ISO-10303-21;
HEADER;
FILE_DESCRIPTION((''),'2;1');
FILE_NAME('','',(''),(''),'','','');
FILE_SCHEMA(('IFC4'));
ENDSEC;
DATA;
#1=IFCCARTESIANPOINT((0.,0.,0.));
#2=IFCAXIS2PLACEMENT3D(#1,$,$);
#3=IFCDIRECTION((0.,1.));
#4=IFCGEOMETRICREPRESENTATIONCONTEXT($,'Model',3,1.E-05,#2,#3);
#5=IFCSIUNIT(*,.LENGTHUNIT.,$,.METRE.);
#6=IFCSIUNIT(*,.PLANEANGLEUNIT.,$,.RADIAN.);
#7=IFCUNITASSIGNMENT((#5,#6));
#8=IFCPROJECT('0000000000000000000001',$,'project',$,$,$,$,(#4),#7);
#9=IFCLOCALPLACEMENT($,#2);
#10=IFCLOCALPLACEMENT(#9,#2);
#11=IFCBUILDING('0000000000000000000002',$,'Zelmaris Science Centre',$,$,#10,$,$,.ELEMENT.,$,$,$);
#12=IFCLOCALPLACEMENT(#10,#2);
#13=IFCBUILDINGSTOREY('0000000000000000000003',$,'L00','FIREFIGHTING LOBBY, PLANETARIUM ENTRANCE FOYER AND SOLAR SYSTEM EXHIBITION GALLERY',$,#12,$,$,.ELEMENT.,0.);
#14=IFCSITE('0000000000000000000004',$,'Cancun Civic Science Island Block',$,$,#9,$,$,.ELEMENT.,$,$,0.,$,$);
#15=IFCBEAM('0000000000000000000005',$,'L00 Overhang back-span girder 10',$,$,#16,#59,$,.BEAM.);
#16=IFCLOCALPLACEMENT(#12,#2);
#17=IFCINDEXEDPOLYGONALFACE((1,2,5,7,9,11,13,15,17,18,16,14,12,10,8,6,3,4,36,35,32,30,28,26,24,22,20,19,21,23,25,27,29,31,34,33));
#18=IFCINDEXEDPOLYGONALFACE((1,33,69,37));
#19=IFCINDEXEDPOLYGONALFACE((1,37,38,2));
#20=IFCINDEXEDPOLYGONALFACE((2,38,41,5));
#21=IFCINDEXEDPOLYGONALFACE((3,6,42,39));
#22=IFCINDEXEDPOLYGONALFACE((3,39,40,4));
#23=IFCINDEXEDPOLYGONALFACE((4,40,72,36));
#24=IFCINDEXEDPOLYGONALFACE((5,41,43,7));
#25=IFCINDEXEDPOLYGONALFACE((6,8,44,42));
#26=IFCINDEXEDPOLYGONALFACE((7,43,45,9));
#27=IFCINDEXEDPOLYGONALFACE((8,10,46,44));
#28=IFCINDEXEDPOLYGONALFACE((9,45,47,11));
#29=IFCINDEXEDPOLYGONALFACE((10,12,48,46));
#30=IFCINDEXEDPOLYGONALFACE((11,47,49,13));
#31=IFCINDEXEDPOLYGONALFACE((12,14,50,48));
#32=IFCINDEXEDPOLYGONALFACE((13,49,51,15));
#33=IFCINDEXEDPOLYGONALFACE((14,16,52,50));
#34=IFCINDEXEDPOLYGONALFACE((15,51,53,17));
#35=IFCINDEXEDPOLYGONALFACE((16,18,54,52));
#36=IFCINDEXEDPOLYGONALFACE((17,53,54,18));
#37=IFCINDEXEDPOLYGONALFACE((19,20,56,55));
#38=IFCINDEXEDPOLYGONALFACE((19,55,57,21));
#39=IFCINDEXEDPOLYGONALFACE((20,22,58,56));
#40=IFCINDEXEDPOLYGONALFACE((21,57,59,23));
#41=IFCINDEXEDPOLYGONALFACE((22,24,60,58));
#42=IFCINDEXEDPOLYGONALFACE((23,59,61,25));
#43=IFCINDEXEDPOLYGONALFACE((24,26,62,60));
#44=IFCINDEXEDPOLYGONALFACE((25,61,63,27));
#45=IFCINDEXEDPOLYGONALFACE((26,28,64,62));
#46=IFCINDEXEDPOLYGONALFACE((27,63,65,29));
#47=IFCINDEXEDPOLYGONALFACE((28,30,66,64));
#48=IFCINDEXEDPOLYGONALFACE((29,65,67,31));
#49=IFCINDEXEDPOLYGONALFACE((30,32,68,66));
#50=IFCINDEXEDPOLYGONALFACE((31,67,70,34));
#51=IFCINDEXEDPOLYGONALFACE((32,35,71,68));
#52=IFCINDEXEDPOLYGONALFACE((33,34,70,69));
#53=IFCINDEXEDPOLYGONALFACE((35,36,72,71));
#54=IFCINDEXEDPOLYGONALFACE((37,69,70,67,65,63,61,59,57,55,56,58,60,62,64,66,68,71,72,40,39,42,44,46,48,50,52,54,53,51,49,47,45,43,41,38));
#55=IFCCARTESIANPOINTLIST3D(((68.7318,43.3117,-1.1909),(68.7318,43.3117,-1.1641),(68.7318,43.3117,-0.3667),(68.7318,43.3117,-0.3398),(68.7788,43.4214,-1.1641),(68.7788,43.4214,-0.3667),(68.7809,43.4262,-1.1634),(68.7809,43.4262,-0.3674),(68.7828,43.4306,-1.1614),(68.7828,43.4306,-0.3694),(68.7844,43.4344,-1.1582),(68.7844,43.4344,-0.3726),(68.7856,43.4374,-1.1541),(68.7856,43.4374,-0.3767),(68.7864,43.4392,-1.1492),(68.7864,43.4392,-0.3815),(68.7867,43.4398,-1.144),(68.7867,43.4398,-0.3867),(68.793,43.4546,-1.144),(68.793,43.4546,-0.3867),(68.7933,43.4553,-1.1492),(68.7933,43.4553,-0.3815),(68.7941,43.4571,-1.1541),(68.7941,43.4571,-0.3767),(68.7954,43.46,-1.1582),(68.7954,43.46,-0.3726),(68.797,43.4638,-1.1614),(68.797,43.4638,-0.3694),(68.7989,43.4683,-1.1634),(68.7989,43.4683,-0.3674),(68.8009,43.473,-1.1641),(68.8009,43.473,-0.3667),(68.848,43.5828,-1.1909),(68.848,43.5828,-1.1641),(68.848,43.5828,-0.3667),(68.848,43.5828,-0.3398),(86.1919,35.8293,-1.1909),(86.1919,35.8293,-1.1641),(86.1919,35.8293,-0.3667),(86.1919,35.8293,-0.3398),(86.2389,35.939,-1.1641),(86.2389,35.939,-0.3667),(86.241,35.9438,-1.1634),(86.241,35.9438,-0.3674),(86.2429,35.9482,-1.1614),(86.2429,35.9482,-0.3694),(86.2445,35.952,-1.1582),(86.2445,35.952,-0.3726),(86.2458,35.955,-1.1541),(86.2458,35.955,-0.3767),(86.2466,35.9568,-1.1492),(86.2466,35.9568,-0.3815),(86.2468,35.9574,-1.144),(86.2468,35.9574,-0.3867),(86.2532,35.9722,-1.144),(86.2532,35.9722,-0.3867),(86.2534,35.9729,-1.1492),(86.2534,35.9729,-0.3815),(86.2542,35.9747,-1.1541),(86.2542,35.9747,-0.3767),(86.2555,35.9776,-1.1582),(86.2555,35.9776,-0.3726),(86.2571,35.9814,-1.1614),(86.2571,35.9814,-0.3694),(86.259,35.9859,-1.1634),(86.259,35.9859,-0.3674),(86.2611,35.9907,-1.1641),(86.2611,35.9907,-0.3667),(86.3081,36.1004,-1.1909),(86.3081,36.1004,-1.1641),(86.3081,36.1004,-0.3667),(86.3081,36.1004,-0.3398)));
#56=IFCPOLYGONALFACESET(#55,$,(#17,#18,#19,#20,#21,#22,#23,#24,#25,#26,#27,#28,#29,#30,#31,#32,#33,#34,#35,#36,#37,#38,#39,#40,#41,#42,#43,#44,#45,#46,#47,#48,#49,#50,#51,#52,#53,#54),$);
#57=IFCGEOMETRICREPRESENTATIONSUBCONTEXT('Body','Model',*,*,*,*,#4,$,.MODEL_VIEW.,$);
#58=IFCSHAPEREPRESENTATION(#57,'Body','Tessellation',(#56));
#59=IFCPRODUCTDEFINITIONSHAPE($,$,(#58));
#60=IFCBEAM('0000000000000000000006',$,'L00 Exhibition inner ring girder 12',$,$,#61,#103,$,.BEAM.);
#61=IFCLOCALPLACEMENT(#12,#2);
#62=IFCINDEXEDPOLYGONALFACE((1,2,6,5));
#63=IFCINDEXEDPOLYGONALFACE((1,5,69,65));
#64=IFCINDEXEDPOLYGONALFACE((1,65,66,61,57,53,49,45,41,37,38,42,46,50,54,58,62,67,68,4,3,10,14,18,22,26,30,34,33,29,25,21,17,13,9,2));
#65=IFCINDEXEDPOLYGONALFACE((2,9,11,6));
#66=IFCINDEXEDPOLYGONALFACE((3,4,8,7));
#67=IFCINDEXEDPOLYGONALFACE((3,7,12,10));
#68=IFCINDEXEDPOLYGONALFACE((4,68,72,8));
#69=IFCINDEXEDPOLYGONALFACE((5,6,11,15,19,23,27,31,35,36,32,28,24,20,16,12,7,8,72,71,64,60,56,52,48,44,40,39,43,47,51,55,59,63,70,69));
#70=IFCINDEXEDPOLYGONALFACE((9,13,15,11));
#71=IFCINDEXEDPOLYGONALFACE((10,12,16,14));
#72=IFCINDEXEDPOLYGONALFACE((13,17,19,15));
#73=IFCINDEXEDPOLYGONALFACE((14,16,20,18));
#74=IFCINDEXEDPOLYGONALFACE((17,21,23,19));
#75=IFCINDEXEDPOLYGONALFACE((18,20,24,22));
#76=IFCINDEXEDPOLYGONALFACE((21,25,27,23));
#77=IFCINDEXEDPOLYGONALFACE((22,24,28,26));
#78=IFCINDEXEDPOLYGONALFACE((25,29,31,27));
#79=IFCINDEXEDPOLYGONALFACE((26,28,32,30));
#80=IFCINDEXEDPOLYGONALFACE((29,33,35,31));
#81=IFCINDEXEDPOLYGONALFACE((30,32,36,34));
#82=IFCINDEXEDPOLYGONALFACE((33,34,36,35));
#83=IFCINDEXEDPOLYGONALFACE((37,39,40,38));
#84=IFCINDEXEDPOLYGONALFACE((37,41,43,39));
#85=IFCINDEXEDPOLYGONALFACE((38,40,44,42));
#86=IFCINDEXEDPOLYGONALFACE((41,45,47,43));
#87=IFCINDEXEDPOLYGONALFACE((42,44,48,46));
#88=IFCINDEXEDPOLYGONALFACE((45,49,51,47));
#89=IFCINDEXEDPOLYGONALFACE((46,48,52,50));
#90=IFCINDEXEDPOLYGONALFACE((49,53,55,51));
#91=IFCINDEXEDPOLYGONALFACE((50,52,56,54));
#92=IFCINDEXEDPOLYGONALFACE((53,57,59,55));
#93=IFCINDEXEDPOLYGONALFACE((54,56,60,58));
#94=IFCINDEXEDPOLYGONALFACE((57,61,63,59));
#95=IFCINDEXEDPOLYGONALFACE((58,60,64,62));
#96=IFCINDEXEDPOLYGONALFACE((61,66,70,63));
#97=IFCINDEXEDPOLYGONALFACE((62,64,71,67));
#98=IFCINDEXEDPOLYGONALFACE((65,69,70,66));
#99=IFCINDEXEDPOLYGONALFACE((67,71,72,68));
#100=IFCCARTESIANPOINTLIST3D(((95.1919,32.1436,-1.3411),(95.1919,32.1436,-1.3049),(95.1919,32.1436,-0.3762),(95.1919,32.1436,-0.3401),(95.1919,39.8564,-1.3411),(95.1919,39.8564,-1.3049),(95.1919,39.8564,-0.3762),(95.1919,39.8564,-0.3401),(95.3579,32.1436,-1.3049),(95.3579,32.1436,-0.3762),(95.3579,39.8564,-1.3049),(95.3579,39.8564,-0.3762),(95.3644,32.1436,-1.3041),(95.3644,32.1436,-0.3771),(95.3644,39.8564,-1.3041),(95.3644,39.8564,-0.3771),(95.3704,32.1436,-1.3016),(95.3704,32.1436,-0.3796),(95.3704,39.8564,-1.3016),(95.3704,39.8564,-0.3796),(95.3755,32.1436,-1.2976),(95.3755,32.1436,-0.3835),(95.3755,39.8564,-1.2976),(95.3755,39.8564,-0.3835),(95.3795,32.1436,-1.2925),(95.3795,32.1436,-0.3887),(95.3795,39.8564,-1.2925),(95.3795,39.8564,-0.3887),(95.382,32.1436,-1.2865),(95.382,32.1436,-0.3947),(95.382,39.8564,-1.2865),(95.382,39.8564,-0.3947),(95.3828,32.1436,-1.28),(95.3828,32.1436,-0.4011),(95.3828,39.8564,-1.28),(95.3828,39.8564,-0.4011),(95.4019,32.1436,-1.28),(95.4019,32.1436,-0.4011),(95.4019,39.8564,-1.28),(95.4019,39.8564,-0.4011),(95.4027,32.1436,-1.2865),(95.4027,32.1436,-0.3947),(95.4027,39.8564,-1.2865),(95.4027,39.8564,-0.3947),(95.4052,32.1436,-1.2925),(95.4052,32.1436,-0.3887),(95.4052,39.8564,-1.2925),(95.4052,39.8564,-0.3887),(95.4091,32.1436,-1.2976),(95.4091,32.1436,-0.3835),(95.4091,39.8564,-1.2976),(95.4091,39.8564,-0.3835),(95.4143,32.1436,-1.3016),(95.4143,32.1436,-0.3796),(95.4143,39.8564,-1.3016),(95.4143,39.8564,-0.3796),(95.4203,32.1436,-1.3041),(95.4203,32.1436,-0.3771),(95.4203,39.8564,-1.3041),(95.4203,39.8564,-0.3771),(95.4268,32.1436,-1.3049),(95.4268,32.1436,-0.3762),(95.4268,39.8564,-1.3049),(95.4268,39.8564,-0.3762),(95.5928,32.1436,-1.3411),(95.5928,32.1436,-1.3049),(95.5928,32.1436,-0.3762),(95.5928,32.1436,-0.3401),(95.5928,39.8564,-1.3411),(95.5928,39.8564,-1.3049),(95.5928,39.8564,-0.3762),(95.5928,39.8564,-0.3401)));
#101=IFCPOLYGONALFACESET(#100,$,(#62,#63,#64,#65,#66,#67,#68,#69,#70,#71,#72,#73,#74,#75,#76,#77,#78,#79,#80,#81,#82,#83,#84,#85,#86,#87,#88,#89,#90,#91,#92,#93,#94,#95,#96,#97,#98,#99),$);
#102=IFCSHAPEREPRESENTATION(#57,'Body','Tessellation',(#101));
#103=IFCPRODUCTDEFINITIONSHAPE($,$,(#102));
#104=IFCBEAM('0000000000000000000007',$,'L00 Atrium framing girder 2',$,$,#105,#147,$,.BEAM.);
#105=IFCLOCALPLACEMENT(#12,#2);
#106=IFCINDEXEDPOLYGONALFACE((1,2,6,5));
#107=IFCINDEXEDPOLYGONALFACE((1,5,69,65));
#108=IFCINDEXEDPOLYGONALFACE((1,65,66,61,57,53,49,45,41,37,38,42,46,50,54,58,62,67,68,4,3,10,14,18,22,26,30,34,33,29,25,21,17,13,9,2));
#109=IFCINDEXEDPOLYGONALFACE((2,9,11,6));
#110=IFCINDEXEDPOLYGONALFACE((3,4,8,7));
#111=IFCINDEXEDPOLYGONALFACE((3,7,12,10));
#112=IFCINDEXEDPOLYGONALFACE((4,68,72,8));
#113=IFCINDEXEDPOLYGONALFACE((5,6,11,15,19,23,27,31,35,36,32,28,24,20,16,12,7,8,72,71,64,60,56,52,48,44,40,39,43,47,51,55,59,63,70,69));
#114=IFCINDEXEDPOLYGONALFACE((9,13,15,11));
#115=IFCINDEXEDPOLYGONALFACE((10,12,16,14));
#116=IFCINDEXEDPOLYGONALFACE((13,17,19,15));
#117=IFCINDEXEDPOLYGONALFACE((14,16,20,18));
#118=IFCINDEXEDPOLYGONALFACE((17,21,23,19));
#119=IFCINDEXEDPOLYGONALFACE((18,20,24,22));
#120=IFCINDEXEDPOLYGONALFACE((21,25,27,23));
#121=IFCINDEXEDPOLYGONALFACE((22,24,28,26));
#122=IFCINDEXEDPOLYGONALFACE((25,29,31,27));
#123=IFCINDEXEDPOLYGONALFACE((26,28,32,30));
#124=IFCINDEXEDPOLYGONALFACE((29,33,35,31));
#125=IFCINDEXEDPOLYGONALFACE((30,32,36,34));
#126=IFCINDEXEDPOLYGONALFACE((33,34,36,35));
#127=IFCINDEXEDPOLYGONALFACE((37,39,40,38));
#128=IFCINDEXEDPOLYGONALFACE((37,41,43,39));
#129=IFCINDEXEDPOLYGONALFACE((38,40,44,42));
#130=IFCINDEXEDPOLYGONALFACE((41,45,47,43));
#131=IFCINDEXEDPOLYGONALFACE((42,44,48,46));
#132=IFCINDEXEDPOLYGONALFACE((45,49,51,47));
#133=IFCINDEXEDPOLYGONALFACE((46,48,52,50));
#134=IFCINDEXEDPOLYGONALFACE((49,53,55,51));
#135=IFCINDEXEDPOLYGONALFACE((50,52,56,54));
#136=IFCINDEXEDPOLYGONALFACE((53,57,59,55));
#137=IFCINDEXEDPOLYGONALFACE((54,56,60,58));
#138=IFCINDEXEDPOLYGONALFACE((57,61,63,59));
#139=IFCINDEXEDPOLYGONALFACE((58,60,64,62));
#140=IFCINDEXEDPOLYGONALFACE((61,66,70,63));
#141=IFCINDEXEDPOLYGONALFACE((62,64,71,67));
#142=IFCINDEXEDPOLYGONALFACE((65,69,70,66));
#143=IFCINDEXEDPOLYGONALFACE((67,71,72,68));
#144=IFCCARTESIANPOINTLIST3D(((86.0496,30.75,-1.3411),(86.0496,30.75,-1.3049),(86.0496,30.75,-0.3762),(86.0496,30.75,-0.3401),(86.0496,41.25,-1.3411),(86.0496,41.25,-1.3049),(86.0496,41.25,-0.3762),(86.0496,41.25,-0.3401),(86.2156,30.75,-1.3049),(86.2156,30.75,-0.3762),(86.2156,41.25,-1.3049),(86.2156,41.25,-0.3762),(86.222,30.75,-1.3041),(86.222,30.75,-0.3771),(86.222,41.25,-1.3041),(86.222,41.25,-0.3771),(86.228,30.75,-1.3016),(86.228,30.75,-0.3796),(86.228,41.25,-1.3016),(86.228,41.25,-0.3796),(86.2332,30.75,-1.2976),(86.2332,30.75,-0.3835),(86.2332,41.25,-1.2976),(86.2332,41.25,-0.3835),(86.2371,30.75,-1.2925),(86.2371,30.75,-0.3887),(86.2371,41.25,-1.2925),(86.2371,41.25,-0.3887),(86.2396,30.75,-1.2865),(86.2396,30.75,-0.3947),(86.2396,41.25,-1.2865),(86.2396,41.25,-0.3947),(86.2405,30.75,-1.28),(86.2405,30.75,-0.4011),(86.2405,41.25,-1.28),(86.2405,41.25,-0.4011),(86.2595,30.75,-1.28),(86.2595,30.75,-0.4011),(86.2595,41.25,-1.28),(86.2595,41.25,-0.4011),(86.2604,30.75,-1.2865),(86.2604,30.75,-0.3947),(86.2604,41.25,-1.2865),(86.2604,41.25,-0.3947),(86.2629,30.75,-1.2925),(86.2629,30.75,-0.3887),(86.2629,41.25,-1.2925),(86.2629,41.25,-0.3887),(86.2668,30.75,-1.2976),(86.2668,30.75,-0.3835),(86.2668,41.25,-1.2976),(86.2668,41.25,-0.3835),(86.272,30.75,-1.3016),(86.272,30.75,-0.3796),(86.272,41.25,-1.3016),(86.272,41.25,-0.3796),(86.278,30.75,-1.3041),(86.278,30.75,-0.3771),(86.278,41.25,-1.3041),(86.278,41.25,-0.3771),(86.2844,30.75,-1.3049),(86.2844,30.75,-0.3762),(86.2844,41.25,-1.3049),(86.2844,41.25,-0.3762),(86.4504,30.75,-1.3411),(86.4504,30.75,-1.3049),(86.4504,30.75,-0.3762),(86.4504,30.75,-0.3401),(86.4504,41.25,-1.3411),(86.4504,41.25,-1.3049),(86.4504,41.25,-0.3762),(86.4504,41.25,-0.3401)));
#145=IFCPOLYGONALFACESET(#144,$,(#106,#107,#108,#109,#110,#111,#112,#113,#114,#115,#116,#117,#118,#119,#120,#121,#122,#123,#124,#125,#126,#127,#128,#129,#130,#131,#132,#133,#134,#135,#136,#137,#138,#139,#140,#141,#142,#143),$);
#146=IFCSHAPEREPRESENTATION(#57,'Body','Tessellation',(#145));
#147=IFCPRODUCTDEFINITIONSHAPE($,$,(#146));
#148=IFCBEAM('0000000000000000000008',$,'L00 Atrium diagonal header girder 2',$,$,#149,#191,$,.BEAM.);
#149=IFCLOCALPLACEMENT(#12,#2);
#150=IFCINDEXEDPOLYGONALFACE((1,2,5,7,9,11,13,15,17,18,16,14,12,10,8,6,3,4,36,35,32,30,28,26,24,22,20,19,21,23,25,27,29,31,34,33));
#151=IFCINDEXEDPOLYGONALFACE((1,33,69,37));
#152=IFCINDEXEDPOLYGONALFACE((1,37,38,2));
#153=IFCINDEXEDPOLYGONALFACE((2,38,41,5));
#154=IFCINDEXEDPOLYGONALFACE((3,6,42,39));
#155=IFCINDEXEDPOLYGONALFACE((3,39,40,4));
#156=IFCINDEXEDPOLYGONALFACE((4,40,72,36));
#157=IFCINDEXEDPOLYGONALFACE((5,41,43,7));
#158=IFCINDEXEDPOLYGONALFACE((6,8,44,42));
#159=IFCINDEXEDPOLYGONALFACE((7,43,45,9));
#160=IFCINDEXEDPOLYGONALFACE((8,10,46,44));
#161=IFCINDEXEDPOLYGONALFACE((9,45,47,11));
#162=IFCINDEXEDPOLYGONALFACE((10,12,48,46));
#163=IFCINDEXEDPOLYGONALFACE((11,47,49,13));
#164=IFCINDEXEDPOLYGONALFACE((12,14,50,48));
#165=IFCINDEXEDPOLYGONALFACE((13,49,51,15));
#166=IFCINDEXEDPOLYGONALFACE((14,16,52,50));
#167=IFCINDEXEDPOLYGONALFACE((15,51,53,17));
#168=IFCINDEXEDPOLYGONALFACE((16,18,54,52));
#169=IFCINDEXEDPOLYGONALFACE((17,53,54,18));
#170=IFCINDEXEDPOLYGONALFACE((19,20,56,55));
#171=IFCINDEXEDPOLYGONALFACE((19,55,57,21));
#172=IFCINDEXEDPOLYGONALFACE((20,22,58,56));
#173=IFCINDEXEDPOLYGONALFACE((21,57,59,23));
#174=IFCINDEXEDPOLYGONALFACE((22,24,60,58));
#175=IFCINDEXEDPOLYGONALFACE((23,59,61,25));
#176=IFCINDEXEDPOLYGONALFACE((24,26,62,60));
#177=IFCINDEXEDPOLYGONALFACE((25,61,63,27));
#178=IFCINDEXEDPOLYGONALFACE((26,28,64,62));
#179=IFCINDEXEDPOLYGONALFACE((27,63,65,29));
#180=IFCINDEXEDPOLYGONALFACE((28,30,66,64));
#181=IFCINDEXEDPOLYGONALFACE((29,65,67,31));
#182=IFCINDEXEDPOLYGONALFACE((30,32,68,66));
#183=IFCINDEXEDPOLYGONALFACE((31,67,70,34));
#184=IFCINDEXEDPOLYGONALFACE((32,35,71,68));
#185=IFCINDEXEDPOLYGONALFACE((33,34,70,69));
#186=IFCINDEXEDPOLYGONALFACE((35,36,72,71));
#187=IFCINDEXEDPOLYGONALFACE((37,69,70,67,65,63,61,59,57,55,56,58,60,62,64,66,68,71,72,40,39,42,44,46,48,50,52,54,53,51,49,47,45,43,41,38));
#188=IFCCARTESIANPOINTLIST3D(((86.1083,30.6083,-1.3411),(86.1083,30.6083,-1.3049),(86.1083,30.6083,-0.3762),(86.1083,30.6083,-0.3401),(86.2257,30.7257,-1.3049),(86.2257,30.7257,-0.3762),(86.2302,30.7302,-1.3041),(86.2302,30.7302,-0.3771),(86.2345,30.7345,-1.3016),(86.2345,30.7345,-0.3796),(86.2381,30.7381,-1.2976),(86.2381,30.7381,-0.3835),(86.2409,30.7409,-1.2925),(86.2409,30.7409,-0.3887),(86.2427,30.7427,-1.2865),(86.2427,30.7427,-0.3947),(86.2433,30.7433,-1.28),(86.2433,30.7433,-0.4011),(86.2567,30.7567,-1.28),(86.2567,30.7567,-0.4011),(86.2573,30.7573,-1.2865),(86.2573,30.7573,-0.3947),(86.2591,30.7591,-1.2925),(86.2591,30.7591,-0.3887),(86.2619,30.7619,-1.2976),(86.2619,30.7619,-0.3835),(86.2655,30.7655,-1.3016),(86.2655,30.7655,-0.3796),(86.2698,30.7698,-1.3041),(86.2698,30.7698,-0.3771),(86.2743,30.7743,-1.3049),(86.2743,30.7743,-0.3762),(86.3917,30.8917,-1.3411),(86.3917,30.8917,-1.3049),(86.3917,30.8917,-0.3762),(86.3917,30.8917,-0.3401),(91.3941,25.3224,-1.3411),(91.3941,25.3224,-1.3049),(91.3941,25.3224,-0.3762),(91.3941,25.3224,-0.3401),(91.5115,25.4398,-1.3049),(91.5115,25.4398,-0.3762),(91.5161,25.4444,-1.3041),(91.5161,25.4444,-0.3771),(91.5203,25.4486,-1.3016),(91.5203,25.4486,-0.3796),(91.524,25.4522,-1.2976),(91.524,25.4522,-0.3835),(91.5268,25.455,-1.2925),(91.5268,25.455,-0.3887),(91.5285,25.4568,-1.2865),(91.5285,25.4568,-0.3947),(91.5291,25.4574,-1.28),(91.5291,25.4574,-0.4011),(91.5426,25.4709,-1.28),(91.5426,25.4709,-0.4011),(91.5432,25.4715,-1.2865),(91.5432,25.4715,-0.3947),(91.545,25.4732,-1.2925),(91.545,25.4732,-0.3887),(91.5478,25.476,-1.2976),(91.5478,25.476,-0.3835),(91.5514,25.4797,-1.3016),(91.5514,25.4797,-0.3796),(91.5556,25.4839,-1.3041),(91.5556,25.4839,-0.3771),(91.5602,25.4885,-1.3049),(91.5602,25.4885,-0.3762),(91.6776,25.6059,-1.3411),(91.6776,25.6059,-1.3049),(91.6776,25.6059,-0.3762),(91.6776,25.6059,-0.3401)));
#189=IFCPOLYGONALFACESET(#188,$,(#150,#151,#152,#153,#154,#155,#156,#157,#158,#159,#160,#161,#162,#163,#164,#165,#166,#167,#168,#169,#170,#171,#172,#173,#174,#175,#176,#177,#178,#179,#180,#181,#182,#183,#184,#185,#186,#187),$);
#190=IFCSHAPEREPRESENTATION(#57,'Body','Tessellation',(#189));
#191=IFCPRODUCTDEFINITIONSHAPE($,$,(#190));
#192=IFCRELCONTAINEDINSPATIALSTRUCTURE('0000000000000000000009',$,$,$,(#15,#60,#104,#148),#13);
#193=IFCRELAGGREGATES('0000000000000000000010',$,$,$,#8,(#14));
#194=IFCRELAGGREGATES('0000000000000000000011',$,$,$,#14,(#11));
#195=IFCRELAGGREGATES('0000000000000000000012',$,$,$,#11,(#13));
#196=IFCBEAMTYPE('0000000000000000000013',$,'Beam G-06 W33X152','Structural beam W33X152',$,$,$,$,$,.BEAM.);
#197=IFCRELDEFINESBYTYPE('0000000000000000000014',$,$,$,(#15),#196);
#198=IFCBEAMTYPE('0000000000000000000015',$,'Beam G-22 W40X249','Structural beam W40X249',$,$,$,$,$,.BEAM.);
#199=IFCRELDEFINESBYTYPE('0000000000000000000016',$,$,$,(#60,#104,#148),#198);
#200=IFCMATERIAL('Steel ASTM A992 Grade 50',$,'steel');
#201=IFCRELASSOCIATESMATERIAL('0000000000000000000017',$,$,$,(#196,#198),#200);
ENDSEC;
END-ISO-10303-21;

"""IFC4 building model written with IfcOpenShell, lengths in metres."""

from ifc_helpers import new_model, si_unit, direction, frame, origin, origin_2d, place, context, subcontext, project, spatial, i_section, extrude, material, material_profile, profile_set, type_object, element, save


model = new_model("IFC4")

# Units and contexts
model_context = context("Model", 3, precision=1e-05, world=origin(), true_north=direction((0.0, 1.0)))
body_context = subcontext(model_context, "Body", "Model", "MODEL_VIEW")
ifc_project = project(units=[si_unit("LENGTHUNIT", "METRE"), si_unit("PLANEANGLEUNIT", "RADIAN")], contexts=[model_context])

# Site, building, storey
site_placement = place(None, origin())
site = spatial("IfcSite", under=ifc_project, at=site_placement, Name="Cancun Civic Science Island Block", CompositionType="ELEMENT", RefElevation=0.0)
building_placement = place(site_placement, origin())
building = spatial("IfcBuilding", under=site, at=building_placement, Name="Zelmaris Science Centre", CompositionType="ELEMENT")
storey_placement = place(building_placement, origin())
storey = spatial("IfcBuildingStorey", under=building, at=storey_placement, Name="L00", Description="FIREFIGHTING LOBBY, PLANETARIUM ENTRANCE FOYER AND SOLAR SYSTEM EXHIBITION GALLERY", CompositionType="ELEMENT", Elevation=0.0)

# Shared definitions
ifc_material_1 = material(Name="Steel ASTM A992 Grade 50", Category="steel")

# Beams
ifc_material_profile_1 = material_profile(ifc_material_1, i_section(OverallWidth=0.2949, OverallDepth=0.8511, WebThickness=0.0161, FlangeThickness=0.0269, FilletRadius=0.02, at=origin_2d()), Name="W33X152")
ifc_profile_set_1 = profile_set([ifc_material_profile_1], Name="Steel ASTM A992 Grade 50")
beam_type_1 = type_object("IfcBeamType", Name="Beam G-06 W33X152", Description="Structural beam W33X152", PredefinedType="BEAM", material=ifc_profile_set_1)
beam_1_placement = place(storey_placement, frame((86.25, 35.9648, -0.7654), z_axis=(-0.919155, 0.393896, 0.0), x_axis=(-0.393896, -0.919155, 0.0)))
element("IfcBeam", 1, at=beam_1_placement, inside=storey, type_object=beam_type_1, Name="L00 Overhang back-span girder 10", PredefinedType="BEAM", context=body_context, shape_type="SweptSolid", body=[
    extrude(i_section(OverallWidth=0.2949, OverallDepth=0.8511, WebThickness=0.0161, FlangeThickness=0.0269, FilletRadius=0.02, at=origin_2d()), origin(), (0.0, 0.0, 1.0), 18.9958),
])
ifc_material_profile_2 = material_profile(ifc_material_1, i_section(OverallWidth=0.4009, OverallDepth=1.001, WebThickness=0.019, FlangeThickness=0.0361, FilletRadius=0.0249, at=origin_2d()), Name="W40X249")
ifc_profile_set_2 = profile_set([ifc_material_profile_2], Name="Steel ASTM A992 Grade 50")
beam_type_2 = type_object("IfcBeamType", Name="Beam G-22 W40X249", Description="Structural beam W40X249", PredefinedType="BEAM", material=ifc_profile_set_2)
beam_2_placement = place(storey_placement, frame((95.3923, 32.1436, -0.8406), z_axis=(0.0, 1.0, 0.0), x_axis=(-1.0, 0.0, 0.0)))
element("IfcBeam", 2, at=beam_2_placement, inside=storey, type_object=beam_type_2, Name="L00 Exhibition inner ring girder 12", PredefinedType="BEAM", context=body_context, shape_type="SweptSolid", body=[
    extrude(i_section(OverallWidth=0.4009, OverallDepth=1.001, WebThickness=0.019, FlangeThickness=0.0361, FilletRadius=0.0249, at=origin_2d()), origin(), (0.0, 0.0, 1.0), 7.7129),
])
beam_3_placement = place(storey_placement, frame((86.25, 30.75, -0.8406), z_axis=(0.0, 1.0, 0.0), x_axis=(-1.0, 0.0, 0.0)))
element("IfcBeam", 3, at=beam_3_placement, inside=storey, type_object=beam_type_2, Name="L00 Atrium framing girder 2", PredefinedType="BEAM", context=body_context, shape_type="SweptSolid", body=[
    extrude(i_section(OverallWidth=0.4009, OverallDepth=1.001, WebThickness=0.019, FlangeThickness=0.0361, FilletRadius=0.0249, at=origin_2d()), origin(), (0.0, 0.0, 1.0), 10.5),
])
beam_4_placement = place(storey_placement, frame((86.25, 30.75, -0.8406), z_axis=(0.707107, -0.707107, 0.0), x_axis=(0.707107, 0.707107, 0.0)))
element("IfcBeam", 4, at=beam_4_placement, inside=storey, type_object=beam_type_2, Name="L00 Atrium diagonal header girder 2", PredefinedType="BEAM", context=body_context, shape_type="SweptSolid", body=[
    extrude(i_section(OverallWidth=0.4009, OverallDepth=1.001, WebThickness=0.019, FlangeThickness=0.0361, FilletRadius=0.0249, at=origin_2d()), origin(), (0.0, 0.0, 1.0), 7.4753),
])

save(model, "model.ifc")
